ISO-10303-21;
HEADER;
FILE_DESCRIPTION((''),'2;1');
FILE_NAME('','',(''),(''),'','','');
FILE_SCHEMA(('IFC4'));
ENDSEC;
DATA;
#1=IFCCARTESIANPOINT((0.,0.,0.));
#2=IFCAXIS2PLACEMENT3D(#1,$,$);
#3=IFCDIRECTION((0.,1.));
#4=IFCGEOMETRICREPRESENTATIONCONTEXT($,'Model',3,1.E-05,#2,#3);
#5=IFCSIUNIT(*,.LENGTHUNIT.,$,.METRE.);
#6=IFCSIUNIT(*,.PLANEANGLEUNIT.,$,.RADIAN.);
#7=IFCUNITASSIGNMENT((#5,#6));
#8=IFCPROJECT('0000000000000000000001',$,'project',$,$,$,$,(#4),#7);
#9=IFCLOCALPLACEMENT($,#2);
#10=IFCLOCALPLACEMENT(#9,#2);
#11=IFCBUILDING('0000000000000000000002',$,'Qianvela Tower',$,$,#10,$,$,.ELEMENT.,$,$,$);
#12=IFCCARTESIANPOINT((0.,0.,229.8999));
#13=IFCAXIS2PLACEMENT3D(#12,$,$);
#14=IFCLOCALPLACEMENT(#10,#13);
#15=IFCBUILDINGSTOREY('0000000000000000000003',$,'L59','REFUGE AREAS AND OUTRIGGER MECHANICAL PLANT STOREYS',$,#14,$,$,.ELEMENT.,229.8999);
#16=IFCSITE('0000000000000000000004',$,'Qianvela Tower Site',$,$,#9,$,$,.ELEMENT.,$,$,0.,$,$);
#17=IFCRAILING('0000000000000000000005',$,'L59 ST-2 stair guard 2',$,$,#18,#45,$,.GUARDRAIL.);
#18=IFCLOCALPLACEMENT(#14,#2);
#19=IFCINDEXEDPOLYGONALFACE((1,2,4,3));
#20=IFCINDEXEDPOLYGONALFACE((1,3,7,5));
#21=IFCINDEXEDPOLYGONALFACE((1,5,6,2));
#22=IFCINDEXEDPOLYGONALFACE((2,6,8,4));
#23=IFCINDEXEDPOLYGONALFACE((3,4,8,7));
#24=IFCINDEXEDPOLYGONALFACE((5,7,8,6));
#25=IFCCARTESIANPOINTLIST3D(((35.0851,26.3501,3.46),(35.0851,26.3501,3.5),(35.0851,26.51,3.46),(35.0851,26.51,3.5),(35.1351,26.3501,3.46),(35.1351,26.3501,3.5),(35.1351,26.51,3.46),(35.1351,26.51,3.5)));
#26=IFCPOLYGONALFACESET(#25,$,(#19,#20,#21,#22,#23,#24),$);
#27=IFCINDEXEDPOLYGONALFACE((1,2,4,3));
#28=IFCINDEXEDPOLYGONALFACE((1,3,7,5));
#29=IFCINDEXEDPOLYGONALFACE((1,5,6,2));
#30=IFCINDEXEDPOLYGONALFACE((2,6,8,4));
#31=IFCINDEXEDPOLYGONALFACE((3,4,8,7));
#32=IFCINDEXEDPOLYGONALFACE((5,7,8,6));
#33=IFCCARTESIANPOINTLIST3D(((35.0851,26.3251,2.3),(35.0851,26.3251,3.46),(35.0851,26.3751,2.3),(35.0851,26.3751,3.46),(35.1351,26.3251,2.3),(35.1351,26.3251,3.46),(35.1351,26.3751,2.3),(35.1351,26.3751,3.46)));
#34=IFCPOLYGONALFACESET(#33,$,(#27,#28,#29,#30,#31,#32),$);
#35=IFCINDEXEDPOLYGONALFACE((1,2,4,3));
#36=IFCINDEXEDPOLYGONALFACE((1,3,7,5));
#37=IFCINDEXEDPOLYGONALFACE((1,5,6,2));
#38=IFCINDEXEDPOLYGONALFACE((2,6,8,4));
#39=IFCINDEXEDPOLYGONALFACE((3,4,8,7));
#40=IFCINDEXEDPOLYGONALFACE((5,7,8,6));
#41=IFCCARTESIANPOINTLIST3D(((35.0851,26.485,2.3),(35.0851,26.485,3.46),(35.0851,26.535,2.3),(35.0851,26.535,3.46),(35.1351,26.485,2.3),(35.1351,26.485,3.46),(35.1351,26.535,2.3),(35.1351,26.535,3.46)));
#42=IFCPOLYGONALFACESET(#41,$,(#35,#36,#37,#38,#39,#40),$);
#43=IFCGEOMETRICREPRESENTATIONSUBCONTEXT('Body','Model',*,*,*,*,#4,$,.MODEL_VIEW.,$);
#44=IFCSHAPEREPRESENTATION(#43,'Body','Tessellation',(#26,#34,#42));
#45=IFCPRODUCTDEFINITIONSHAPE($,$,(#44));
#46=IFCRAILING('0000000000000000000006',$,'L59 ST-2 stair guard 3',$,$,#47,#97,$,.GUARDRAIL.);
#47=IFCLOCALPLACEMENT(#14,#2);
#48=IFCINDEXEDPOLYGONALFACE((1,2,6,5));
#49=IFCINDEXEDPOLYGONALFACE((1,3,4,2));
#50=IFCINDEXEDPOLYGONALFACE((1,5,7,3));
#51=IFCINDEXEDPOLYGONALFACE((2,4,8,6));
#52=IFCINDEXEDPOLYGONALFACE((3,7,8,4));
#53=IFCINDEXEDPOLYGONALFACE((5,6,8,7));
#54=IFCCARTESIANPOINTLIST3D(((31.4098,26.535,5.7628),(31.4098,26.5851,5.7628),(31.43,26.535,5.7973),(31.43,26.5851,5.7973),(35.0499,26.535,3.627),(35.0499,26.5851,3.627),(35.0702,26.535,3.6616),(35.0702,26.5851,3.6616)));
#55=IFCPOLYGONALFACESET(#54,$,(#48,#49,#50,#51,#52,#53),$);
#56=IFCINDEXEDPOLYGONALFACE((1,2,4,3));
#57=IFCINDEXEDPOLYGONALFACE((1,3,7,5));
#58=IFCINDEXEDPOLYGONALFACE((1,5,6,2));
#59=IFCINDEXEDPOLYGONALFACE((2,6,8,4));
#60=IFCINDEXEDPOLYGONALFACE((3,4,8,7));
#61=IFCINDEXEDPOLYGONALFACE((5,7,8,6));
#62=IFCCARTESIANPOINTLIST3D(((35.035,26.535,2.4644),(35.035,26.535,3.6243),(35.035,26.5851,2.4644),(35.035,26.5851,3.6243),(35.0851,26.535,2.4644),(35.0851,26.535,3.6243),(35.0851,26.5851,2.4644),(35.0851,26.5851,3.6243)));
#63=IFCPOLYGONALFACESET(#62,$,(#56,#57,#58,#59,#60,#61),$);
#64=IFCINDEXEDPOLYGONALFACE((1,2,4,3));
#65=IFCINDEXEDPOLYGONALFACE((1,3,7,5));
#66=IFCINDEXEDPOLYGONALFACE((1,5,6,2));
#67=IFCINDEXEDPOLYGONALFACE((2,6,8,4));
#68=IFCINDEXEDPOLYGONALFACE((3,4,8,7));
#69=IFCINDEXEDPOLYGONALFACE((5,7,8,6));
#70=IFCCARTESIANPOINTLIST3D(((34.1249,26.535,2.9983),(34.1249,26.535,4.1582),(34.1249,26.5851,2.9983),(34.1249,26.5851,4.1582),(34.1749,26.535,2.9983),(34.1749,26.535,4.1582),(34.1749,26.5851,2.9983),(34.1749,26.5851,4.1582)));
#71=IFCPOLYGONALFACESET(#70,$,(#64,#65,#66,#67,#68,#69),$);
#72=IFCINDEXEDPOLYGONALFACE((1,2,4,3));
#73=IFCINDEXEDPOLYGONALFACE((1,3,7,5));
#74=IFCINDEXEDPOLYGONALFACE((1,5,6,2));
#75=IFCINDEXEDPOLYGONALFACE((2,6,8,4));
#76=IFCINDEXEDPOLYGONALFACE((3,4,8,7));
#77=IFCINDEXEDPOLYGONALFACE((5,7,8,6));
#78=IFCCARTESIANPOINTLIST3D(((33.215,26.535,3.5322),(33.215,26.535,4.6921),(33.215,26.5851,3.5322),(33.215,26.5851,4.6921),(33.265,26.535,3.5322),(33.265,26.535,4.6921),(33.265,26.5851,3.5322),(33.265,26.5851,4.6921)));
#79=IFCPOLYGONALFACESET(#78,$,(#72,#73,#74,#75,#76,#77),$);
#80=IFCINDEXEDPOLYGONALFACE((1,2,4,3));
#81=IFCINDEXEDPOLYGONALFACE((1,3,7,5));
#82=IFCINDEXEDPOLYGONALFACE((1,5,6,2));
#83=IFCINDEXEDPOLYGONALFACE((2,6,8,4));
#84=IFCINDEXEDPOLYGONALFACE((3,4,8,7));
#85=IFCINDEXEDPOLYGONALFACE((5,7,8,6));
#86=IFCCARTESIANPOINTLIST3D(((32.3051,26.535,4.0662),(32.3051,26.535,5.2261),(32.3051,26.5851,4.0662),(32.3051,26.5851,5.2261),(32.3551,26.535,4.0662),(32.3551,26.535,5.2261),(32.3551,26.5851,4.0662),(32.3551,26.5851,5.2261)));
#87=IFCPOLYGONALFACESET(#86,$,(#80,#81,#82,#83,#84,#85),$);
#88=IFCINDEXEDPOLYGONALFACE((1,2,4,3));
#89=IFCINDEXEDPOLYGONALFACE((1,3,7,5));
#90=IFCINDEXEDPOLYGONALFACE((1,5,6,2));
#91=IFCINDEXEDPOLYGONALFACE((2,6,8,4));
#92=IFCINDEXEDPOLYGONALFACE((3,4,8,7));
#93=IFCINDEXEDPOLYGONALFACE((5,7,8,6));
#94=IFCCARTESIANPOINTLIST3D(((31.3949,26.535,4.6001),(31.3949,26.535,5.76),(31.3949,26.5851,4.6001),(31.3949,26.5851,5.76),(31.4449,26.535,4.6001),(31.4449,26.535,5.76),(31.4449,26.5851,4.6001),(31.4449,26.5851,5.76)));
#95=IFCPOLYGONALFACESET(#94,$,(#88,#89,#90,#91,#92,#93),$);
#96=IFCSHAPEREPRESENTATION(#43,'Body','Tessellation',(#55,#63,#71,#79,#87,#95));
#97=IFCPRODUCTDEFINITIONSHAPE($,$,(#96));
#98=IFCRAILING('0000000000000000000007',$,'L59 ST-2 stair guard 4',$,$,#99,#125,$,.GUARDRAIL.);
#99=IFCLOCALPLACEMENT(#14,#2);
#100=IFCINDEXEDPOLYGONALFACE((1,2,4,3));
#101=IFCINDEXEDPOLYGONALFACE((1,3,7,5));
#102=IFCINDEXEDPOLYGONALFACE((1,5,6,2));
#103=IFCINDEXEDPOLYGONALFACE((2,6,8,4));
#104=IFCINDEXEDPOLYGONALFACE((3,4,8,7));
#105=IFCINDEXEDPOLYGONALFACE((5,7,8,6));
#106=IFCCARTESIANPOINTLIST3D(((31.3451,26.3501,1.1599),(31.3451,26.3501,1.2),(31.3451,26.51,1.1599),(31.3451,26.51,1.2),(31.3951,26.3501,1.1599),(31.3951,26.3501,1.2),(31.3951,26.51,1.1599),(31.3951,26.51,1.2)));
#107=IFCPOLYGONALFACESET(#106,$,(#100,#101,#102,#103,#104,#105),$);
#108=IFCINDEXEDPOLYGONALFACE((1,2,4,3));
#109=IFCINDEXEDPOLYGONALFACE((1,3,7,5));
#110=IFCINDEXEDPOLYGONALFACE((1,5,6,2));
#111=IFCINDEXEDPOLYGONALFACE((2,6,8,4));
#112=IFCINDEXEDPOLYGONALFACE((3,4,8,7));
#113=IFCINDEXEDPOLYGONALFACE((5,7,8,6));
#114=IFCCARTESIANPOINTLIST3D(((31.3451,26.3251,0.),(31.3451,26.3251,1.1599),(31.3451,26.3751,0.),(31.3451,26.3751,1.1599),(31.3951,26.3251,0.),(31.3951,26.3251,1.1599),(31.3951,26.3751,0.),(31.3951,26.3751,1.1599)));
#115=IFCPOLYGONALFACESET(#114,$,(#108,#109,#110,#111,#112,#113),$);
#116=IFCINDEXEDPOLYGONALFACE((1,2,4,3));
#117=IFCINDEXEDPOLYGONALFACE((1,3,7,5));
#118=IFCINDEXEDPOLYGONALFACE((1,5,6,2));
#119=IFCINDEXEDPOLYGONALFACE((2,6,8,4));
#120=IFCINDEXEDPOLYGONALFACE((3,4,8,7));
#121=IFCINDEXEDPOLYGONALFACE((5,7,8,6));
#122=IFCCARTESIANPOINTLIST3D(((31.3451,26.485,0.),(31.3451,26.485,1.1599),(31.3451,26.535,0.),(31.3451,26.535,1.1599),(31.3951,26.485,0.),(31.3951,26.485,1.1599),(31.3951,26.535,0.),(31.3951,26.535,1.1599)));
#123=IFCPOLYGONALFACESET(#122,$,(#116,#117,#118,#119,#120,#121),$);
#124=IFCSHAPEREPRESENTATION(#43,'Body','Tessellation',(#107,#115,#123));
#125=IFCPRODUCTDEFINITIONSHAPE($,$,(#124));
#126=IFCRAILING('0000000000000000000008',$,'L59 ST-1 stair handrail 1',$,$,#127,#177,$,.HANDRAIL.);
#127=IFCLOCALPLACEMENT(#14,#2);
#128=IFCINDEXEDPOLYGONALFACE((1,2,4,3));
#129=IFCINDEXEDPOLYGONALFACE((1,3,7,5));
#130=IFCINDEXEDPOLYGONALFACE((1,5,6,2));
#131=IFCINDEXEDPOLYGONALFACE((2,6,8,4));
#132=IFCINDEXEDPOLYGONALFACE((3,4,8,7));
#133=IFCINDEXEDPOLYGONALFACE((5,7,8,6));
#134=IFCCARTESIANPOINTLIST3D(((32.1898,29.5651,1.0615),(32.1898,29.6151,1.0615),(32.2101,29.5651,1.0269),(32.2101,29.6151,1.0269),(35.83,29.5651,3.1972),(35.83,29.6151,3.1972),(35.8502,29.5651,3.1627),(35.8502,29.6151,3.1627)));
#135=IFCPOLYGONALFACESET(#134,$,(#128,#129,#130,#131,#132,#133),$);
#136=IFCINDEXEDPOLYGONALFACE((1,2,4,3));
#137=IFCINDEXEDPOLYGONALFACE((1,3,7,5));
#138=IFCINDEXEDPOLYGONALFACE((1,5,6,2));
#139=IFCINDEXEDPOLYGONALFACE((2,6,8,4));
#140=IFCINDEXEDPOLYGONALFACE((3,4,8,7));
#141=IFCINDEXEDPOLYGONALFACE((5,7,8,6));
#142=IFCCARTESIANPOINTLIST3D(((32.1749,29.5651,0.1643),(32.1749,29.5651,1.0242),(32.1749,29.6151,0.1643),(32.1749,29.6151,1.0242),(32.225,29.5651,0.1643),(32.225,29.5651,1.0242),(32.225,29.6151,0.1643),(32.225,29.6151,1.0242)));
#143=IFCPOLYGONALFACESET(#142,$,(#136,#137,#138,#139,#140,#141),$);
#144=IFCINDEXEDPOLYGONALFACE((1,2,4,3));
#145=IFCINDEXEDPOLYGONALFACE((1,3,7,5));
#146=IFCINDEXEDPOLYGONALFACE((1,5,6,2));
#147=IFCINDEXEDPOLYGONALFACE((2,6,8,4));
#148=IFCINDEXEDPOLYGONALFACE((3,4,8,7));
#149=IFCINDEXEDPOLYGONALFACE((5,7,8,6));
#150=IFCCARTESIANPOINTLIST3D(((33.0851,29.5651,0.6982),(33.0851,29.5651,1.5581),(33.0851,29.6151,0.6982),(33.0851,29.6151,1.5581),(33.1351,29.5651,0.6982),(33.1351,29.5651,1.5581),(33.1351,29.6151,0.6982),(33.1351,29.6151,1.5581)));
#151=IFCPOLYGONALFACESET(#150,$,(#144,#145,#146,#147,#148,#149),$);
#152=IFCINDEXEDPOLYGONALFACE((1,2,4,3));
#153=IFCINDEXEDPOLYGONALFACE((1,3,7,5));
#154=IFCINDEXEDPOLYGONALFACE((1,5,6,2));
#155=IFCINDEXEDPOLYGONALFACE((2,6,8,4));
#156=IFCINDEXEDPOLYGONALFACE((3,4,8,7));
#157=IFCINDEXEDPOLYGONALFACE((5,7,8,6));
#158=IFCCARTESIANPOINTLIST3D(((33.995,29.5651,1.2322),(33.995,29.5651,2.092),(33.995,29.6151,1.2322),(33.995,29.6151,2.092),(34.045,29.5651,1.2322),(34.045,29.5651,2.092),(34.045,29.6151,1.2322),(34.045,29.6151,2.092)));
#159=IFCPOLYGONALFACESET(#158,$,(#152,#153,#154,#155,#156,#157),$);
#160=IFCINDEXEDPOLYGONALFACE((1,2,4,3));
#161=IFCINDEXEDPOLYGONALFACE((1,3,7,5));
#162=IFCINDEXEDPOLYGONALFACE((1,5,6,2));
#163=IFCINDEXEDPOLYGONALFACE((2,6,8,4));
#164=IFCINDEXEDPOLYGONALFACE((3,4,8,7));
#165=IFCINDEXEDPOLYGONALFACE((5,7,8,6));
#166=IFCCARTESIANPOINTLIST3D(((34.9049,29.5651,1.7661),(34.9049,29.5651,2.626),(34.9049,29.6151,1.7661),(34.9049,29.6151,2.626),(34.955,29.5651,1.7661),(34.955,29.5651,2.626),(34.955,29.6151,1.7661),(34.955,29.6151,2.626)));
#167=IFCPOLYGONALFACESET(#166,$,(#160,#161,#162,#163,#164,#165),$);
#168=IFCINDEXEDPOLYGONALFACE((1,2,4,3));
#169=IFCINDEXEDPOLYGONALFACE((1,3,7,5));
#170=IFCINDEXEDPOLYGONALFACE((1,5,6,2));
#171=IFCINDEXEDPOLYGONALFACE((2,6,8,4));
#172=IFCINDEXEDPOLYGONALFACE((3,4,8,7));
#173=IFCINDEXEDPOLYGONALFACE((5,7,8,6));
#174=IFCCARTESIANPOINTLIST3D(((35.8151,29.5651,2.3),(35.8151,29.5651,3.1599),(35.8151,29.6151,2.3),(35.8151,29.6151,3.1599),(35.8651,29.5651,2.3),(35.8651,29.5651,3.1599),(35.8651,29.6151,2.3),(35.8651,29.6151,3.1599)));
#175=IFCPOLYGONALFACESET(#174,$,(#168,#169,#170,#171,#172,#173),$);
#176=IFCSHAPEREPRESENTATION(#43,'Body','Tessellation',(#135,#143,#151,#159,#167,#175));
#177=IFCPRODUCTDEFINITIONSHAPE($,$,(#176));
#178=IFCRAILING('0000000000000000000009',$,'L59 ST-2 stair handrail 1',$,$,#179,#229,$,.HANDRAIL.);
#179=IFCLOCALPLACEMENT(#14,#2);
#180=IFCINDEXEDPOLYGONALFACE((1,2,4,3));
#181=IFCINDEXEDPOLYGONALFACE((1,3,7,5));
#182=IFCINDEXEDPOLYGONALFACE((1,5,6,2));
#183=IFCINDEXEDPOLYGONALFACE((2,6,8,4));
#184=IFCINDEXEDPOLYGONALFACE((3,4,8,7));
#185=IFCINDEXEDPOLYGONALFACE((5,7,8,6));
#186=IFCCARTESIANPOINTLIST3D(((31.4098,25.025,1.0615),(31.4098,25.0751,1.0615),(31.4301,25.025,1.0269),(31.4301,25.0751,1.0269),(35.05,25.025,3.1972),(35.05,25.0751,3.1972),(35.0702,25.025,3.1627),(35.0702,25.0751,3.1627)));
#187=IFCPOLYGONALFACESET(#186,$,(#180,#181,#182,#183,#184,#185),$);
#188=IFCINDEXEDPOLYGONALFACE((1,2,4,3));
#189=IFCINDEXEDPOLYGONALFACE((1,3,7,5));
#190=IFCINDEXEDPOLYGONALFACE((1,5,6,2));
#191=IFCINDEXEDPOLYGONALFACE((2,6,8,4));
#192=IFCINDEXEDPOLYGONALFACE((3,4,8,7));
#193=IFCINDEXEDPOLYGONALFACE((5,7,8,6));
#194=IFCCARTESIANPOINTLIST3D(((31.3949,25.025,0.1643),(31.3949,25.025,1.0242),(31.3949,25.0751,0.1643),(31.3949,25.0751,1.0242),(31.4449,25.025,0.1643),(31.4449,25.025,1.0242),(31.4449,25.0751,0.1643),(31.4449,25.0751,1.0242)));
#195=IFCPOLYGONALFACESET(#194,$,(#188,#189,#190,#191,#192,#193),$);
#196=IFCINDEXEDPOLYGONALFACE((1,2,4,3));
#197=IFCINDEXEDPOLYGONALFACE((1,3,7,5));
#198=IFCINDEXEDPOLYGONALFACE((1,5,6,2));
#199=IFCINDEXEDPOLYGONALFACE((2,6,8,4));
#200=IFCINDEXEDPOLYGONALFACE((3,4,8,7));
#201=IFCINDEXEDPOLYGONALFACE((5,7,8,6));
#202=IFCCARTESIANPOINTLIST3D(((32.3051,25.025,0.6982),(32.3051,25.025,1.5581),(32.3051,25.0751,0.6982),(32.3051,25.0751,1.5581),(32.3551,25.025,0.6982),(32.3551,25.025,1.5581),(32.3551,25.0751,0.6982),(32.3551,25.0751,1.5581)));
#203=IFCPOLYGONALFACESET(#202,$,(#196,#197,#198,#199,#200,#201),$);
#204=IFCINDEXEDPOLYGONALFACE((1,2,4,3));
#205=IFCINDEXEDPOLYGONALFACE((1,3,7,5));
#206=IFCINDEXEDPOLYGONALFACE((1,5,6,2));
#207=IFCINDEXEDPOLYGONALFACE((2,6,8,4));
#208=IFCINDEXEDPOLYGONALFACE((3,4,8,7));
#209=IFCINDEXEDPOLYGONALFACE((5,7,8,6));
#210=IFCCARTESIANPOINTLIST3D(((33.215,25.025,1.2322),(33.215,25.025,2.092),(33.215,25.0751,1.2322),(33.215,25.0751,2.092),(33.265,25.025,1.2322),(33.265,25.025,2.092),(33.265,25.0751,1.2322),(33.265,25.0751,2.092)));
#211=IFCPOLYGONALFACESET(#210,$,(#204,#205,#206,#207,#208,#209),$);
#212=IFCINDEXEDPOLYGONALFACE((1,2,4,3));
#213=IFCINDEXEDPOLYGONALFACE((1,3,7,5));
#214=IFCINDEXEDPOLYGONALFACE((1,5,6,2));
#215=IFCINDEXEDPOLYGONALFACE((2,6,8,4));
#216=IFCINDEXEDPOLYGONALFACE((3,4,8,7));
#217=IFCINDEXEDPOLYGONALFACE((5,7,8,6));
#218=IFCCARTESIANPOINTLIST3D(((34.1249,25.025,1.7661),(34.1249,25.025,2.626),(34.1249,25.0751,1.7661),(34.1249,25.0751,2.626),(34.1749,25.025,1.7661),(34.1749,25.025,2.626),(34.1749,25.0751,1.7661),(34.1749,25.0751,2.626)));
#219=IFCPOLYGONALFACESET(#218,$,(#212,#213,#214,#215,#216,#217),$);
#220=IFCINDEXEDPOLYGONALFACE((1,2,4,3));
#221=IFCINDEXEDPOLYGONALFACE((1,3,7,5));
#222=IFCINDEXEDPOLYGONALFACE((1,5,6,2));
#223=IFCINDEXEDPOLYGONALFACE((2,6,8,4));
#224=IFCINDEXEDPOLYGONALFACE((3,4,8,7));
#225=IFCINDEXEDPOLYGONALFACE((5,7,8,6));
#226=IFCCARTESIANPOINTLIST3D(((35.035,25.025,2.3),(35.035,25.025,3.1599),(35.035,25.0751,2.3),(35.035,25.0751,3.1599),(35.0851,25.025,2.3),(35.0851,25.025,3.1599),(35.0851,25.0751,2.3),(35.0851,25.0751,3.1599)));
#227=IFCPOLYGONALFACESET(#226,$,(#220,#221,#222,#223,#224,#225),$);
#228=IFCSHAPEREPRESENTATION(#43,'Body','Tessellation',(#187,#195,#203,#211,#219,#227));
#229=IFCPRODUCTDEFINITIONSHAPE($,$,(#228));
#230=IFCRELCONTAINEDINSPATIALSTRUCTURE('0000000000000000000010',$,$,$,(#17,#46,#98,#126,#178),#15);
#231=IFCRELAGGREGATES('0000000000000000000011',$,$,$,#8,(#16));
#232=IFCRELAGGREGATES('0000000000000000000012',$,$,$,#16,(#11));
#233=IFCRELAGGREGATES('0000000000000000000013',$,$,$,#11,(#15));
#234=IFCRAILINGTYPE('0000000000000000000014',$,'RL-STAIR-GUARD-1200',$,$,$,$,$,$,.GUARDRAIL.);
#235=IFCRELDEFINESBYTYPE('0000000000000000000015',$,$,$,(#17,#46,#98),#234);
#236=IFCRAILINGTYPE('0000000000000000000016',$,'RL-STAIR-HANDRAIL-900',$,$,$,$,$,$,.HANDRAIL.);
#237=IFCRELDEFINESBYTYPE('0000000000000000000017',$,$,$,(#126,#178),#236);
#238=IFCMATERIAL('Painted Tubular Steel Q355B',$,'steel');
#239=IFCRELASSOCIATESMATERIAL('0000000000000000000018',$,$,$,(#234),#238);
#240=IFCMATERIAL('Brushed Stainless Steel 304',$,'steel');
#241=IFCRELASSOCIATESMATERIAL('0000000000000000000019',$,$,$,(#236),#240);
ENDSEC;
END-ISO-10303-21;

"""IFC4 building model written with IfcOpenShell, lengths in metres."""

from ifc_helpers import new_model, si_unit, direction, frame, origin, origin_2d, place, context, subcontext, project, spatial, rectangle, extrude, material, type_object, element, save


model = new_model("IFC4")

# Units and contexts
model_context = context("Model", 3, precision=1e-05, world=origin(), true_north=direction((0.0, 1.0)))
body_context = subcontext(model_context, "Body", "Model", "MODEL_VIEW")
ifc_project = project(units=[si_unit("LENGTHUNIT", "METRE"), si_unit("PLANEANGLEUNIT", "RADIAN")], contexts=[model_context])

# Site, building, storey
site_placement = place(None, origin())
site = spatial("IfcSite", under=ifc_project, at=site_placement, Name="Qianvela Tower Site", CompositionType="ELEMENT", RefElevation=0.0)
building_placement = place(site_placement, origin())
building = spatial("IfcBuilding", under=site, at=building_placement, Name="Qianvela Tower", CompositionType="ELEMENT")
storey_placement = place(building_placement, frame((0.0, 0.0, 229.8999)))
storey = spatial("IfcBuildingStorey", under=building, at=storey_placement, Name="L59", Description="REFUGE AREAS AND OUTRIGGER MECHANICAL PLANT STOREYS", CompositionType="ELEMENT", Elevation=229.8999)

# Railings
ifc_material_1 = material(Name="Painted Tubular Steel Q355B", Category="steel")
railing_type_1 = type_object("IfcRailingType", Name="RL-STAIR-GUARD-1200", PredefinedType="GUARDRAIL", material=ifc_material_1)
railing_1_placement = place(storey_placement, frame((35.1101, 26.3501, 2.3)))
element("IfcRailing", 1, at=railing_1_placement, inside=storey, type_object=railing_type_1, Name="L59 ST-2 stair guard 2", PredefinedType="GUARDRAIL", context=body_context, shape_type="SweptSolid", body=[
    extrude(rectangle(XDim=0.05, YDim=0.04, at=origin_2d()), frame((0.0, 0.0, 1.1799), z_axis=(0.0, 1.0, 0.0), x_axis=(-1.0, 0.0, 0.0)), (0.0, 0.0, 1.0), 0.1599),
    extrude(rectangle(XDim=0.05, YDim=0.05, at=origin_2d()), origin(), (0.0, 0.0, 1.0), 1.1599),
    extrude(rectangle(XDim=0.05, YDim=0.05, at=origin_2d()), frame((0.0, 0.1599, 0.0)), (0.0, 0.0, 1.0), 1.1599),
])
railing_2_placement = place(storey_placement, frame((35.0601, 26.5601, 2.4644)))
element("IfcRailing", 2, at=railing_2_placement, inside=storey, type_object=railing_type_1, Name="L59 ST-2 stair guard 3", PredefinedType="GUARDRAIL", context=body_context, shape_type="SweptSolid", body=[
    extrude(rectangle(XDim=0.05, YDim=0.04, at=origin_2d()), frame((0.0, 0.0, 1.1799), z_axis=(-0.862505, 0.0, 0.506049), x_axis=(0.0, -1.0, 0.0)), (0.0, 0.0, 1.0), 4.2205),
    extrude(rectangle(XDim=0.05, YDim=0.05, at=origin_2d()), origin(), (0.0, 0.0, 1.0), 1.1599),
    extrude(rectangle(XDim=0.05, YDim=0.05, at=origin_2d()), frame((-0.9102, 0.0, 0.5339)), (0.0, 0.0, 1.0), 1.1599),
    extrude(rectangle(XDim=0.05, YDim=0.05, at=origin_2d()), frame((-1.8201, 0.0, 1.0679)), (0.0, 0.0, 1.0), 1.1599),
    extrude(rectangle(XDim=0.05, YDim=0.05, at=origin_2d()), frame((-2.73, 0.0, 1.6018)), (0.0, 0.0, 1.0), 1.1599),
    extrude(rectangle(XDim=0.05, YDim=0.05, at=origin_2d()), frame((-3.6401, 0.0, 2.1357)), (0.0, 0.0, 1.0), 1.1599),
])
railing_3_placement = place(storey_placement, frame((31.3701, 26.3501, 0.0)))
element("IfcRailing", 3, at=railing_3_placement, inside=storey, type_object=railing_type_1, Name="L59 ST-2 stair guard 4", PredefinedType="GUARDRAIL", context=body_context, shape_type="SweptSolid", body=[
    extrude(rectangle(XDim=0.05, YDim=0.04, at=origin_2d()), frame((0.0, 0.0, 1.1799), z_axis=(0.0, 1.0, 0.0), x_axis=(-1.0, 0.0, 0.0)), (0.0, 0.0, 1.0), 0.1599),
    extrude(rectangle(XDim=0.05, YDim=0.05, at=origin_2d()), origin(), (0.0, 0.0, 1.0), 1.1599),
    extrude(rectangle(XDim=0.05, YDim=0.05, at=origin_2d()), frame((0.0, 0.1599, 0.0)), (0.0, 0.0, 1.0), 1.1599),
])
ifc_material_2 = material(Name="Brushed Stainless Steel 304", Category="steel")
railing_type_2 = type_object("IfcRailingType", Name="RL-STAIR-HANDRAIL-900", PredefinedType="HANDRAIL", material=ifc_material_2)
for number, where, name in (
    (4, (32.2, 29.5901, 0.1643), "L59 ST-1 stair handrail 1"),
    (5, (31.4199, 25.05, 0.1643), "L59 ST-2 stair handrail 1"),
):
    element("IfcRailing", number, at=place(storey_placement, frame(where)), inside=storey, type_object=railing_type_2, Name=name, PredefinedType="HANDRAIL", context=body_context, shape_type="SweptSolid", body=[
        extrude(rectangle(XDim=0.05, YDim=0.04, at=origin_2d()), frame((0.0, 0.0, 0.8799), z_axis=(0.862505, 0.0, 0.506049), x_axis=(0.0, 1.0, 0.0)), (0.0, 0.0, 1.0), 4.2205),
        extrude(rectangle(XDim=0.05, YDim=0.05, at=origin_2d()), origin(), (0.0, 0.0, 1.0), 0.8599),
        extrude(rectangle(XDim=0.05, YDim=0.05, at=origin_2d()), frame((0.9102, 0.0, 0.5339)), (0.0, 0.0, 1.0), 0.8599),
        extrude(rectangle(XDim=0.05, YDim=0.05, at=origin_2d()), frame((1.8201, 0.0, 1.0679)), (0.0, 0.0, 1.0), 0.8599),
        extrude(rectangle(XDim=0.05, YDim=0.05, at=origin_2d()), frame((2.73, 0.0, 1.6018)), (0.0, 0.0, 1.0), 0.8599),
        extrude(rectangle(XDim=0.05, YDim=0.05, at=origin_2d()), frame((3.6401, 0.0, 2.1357)), (0.0, 0.0, 1.0), 0.8599),
    ])

save(model, "model.ifc")
